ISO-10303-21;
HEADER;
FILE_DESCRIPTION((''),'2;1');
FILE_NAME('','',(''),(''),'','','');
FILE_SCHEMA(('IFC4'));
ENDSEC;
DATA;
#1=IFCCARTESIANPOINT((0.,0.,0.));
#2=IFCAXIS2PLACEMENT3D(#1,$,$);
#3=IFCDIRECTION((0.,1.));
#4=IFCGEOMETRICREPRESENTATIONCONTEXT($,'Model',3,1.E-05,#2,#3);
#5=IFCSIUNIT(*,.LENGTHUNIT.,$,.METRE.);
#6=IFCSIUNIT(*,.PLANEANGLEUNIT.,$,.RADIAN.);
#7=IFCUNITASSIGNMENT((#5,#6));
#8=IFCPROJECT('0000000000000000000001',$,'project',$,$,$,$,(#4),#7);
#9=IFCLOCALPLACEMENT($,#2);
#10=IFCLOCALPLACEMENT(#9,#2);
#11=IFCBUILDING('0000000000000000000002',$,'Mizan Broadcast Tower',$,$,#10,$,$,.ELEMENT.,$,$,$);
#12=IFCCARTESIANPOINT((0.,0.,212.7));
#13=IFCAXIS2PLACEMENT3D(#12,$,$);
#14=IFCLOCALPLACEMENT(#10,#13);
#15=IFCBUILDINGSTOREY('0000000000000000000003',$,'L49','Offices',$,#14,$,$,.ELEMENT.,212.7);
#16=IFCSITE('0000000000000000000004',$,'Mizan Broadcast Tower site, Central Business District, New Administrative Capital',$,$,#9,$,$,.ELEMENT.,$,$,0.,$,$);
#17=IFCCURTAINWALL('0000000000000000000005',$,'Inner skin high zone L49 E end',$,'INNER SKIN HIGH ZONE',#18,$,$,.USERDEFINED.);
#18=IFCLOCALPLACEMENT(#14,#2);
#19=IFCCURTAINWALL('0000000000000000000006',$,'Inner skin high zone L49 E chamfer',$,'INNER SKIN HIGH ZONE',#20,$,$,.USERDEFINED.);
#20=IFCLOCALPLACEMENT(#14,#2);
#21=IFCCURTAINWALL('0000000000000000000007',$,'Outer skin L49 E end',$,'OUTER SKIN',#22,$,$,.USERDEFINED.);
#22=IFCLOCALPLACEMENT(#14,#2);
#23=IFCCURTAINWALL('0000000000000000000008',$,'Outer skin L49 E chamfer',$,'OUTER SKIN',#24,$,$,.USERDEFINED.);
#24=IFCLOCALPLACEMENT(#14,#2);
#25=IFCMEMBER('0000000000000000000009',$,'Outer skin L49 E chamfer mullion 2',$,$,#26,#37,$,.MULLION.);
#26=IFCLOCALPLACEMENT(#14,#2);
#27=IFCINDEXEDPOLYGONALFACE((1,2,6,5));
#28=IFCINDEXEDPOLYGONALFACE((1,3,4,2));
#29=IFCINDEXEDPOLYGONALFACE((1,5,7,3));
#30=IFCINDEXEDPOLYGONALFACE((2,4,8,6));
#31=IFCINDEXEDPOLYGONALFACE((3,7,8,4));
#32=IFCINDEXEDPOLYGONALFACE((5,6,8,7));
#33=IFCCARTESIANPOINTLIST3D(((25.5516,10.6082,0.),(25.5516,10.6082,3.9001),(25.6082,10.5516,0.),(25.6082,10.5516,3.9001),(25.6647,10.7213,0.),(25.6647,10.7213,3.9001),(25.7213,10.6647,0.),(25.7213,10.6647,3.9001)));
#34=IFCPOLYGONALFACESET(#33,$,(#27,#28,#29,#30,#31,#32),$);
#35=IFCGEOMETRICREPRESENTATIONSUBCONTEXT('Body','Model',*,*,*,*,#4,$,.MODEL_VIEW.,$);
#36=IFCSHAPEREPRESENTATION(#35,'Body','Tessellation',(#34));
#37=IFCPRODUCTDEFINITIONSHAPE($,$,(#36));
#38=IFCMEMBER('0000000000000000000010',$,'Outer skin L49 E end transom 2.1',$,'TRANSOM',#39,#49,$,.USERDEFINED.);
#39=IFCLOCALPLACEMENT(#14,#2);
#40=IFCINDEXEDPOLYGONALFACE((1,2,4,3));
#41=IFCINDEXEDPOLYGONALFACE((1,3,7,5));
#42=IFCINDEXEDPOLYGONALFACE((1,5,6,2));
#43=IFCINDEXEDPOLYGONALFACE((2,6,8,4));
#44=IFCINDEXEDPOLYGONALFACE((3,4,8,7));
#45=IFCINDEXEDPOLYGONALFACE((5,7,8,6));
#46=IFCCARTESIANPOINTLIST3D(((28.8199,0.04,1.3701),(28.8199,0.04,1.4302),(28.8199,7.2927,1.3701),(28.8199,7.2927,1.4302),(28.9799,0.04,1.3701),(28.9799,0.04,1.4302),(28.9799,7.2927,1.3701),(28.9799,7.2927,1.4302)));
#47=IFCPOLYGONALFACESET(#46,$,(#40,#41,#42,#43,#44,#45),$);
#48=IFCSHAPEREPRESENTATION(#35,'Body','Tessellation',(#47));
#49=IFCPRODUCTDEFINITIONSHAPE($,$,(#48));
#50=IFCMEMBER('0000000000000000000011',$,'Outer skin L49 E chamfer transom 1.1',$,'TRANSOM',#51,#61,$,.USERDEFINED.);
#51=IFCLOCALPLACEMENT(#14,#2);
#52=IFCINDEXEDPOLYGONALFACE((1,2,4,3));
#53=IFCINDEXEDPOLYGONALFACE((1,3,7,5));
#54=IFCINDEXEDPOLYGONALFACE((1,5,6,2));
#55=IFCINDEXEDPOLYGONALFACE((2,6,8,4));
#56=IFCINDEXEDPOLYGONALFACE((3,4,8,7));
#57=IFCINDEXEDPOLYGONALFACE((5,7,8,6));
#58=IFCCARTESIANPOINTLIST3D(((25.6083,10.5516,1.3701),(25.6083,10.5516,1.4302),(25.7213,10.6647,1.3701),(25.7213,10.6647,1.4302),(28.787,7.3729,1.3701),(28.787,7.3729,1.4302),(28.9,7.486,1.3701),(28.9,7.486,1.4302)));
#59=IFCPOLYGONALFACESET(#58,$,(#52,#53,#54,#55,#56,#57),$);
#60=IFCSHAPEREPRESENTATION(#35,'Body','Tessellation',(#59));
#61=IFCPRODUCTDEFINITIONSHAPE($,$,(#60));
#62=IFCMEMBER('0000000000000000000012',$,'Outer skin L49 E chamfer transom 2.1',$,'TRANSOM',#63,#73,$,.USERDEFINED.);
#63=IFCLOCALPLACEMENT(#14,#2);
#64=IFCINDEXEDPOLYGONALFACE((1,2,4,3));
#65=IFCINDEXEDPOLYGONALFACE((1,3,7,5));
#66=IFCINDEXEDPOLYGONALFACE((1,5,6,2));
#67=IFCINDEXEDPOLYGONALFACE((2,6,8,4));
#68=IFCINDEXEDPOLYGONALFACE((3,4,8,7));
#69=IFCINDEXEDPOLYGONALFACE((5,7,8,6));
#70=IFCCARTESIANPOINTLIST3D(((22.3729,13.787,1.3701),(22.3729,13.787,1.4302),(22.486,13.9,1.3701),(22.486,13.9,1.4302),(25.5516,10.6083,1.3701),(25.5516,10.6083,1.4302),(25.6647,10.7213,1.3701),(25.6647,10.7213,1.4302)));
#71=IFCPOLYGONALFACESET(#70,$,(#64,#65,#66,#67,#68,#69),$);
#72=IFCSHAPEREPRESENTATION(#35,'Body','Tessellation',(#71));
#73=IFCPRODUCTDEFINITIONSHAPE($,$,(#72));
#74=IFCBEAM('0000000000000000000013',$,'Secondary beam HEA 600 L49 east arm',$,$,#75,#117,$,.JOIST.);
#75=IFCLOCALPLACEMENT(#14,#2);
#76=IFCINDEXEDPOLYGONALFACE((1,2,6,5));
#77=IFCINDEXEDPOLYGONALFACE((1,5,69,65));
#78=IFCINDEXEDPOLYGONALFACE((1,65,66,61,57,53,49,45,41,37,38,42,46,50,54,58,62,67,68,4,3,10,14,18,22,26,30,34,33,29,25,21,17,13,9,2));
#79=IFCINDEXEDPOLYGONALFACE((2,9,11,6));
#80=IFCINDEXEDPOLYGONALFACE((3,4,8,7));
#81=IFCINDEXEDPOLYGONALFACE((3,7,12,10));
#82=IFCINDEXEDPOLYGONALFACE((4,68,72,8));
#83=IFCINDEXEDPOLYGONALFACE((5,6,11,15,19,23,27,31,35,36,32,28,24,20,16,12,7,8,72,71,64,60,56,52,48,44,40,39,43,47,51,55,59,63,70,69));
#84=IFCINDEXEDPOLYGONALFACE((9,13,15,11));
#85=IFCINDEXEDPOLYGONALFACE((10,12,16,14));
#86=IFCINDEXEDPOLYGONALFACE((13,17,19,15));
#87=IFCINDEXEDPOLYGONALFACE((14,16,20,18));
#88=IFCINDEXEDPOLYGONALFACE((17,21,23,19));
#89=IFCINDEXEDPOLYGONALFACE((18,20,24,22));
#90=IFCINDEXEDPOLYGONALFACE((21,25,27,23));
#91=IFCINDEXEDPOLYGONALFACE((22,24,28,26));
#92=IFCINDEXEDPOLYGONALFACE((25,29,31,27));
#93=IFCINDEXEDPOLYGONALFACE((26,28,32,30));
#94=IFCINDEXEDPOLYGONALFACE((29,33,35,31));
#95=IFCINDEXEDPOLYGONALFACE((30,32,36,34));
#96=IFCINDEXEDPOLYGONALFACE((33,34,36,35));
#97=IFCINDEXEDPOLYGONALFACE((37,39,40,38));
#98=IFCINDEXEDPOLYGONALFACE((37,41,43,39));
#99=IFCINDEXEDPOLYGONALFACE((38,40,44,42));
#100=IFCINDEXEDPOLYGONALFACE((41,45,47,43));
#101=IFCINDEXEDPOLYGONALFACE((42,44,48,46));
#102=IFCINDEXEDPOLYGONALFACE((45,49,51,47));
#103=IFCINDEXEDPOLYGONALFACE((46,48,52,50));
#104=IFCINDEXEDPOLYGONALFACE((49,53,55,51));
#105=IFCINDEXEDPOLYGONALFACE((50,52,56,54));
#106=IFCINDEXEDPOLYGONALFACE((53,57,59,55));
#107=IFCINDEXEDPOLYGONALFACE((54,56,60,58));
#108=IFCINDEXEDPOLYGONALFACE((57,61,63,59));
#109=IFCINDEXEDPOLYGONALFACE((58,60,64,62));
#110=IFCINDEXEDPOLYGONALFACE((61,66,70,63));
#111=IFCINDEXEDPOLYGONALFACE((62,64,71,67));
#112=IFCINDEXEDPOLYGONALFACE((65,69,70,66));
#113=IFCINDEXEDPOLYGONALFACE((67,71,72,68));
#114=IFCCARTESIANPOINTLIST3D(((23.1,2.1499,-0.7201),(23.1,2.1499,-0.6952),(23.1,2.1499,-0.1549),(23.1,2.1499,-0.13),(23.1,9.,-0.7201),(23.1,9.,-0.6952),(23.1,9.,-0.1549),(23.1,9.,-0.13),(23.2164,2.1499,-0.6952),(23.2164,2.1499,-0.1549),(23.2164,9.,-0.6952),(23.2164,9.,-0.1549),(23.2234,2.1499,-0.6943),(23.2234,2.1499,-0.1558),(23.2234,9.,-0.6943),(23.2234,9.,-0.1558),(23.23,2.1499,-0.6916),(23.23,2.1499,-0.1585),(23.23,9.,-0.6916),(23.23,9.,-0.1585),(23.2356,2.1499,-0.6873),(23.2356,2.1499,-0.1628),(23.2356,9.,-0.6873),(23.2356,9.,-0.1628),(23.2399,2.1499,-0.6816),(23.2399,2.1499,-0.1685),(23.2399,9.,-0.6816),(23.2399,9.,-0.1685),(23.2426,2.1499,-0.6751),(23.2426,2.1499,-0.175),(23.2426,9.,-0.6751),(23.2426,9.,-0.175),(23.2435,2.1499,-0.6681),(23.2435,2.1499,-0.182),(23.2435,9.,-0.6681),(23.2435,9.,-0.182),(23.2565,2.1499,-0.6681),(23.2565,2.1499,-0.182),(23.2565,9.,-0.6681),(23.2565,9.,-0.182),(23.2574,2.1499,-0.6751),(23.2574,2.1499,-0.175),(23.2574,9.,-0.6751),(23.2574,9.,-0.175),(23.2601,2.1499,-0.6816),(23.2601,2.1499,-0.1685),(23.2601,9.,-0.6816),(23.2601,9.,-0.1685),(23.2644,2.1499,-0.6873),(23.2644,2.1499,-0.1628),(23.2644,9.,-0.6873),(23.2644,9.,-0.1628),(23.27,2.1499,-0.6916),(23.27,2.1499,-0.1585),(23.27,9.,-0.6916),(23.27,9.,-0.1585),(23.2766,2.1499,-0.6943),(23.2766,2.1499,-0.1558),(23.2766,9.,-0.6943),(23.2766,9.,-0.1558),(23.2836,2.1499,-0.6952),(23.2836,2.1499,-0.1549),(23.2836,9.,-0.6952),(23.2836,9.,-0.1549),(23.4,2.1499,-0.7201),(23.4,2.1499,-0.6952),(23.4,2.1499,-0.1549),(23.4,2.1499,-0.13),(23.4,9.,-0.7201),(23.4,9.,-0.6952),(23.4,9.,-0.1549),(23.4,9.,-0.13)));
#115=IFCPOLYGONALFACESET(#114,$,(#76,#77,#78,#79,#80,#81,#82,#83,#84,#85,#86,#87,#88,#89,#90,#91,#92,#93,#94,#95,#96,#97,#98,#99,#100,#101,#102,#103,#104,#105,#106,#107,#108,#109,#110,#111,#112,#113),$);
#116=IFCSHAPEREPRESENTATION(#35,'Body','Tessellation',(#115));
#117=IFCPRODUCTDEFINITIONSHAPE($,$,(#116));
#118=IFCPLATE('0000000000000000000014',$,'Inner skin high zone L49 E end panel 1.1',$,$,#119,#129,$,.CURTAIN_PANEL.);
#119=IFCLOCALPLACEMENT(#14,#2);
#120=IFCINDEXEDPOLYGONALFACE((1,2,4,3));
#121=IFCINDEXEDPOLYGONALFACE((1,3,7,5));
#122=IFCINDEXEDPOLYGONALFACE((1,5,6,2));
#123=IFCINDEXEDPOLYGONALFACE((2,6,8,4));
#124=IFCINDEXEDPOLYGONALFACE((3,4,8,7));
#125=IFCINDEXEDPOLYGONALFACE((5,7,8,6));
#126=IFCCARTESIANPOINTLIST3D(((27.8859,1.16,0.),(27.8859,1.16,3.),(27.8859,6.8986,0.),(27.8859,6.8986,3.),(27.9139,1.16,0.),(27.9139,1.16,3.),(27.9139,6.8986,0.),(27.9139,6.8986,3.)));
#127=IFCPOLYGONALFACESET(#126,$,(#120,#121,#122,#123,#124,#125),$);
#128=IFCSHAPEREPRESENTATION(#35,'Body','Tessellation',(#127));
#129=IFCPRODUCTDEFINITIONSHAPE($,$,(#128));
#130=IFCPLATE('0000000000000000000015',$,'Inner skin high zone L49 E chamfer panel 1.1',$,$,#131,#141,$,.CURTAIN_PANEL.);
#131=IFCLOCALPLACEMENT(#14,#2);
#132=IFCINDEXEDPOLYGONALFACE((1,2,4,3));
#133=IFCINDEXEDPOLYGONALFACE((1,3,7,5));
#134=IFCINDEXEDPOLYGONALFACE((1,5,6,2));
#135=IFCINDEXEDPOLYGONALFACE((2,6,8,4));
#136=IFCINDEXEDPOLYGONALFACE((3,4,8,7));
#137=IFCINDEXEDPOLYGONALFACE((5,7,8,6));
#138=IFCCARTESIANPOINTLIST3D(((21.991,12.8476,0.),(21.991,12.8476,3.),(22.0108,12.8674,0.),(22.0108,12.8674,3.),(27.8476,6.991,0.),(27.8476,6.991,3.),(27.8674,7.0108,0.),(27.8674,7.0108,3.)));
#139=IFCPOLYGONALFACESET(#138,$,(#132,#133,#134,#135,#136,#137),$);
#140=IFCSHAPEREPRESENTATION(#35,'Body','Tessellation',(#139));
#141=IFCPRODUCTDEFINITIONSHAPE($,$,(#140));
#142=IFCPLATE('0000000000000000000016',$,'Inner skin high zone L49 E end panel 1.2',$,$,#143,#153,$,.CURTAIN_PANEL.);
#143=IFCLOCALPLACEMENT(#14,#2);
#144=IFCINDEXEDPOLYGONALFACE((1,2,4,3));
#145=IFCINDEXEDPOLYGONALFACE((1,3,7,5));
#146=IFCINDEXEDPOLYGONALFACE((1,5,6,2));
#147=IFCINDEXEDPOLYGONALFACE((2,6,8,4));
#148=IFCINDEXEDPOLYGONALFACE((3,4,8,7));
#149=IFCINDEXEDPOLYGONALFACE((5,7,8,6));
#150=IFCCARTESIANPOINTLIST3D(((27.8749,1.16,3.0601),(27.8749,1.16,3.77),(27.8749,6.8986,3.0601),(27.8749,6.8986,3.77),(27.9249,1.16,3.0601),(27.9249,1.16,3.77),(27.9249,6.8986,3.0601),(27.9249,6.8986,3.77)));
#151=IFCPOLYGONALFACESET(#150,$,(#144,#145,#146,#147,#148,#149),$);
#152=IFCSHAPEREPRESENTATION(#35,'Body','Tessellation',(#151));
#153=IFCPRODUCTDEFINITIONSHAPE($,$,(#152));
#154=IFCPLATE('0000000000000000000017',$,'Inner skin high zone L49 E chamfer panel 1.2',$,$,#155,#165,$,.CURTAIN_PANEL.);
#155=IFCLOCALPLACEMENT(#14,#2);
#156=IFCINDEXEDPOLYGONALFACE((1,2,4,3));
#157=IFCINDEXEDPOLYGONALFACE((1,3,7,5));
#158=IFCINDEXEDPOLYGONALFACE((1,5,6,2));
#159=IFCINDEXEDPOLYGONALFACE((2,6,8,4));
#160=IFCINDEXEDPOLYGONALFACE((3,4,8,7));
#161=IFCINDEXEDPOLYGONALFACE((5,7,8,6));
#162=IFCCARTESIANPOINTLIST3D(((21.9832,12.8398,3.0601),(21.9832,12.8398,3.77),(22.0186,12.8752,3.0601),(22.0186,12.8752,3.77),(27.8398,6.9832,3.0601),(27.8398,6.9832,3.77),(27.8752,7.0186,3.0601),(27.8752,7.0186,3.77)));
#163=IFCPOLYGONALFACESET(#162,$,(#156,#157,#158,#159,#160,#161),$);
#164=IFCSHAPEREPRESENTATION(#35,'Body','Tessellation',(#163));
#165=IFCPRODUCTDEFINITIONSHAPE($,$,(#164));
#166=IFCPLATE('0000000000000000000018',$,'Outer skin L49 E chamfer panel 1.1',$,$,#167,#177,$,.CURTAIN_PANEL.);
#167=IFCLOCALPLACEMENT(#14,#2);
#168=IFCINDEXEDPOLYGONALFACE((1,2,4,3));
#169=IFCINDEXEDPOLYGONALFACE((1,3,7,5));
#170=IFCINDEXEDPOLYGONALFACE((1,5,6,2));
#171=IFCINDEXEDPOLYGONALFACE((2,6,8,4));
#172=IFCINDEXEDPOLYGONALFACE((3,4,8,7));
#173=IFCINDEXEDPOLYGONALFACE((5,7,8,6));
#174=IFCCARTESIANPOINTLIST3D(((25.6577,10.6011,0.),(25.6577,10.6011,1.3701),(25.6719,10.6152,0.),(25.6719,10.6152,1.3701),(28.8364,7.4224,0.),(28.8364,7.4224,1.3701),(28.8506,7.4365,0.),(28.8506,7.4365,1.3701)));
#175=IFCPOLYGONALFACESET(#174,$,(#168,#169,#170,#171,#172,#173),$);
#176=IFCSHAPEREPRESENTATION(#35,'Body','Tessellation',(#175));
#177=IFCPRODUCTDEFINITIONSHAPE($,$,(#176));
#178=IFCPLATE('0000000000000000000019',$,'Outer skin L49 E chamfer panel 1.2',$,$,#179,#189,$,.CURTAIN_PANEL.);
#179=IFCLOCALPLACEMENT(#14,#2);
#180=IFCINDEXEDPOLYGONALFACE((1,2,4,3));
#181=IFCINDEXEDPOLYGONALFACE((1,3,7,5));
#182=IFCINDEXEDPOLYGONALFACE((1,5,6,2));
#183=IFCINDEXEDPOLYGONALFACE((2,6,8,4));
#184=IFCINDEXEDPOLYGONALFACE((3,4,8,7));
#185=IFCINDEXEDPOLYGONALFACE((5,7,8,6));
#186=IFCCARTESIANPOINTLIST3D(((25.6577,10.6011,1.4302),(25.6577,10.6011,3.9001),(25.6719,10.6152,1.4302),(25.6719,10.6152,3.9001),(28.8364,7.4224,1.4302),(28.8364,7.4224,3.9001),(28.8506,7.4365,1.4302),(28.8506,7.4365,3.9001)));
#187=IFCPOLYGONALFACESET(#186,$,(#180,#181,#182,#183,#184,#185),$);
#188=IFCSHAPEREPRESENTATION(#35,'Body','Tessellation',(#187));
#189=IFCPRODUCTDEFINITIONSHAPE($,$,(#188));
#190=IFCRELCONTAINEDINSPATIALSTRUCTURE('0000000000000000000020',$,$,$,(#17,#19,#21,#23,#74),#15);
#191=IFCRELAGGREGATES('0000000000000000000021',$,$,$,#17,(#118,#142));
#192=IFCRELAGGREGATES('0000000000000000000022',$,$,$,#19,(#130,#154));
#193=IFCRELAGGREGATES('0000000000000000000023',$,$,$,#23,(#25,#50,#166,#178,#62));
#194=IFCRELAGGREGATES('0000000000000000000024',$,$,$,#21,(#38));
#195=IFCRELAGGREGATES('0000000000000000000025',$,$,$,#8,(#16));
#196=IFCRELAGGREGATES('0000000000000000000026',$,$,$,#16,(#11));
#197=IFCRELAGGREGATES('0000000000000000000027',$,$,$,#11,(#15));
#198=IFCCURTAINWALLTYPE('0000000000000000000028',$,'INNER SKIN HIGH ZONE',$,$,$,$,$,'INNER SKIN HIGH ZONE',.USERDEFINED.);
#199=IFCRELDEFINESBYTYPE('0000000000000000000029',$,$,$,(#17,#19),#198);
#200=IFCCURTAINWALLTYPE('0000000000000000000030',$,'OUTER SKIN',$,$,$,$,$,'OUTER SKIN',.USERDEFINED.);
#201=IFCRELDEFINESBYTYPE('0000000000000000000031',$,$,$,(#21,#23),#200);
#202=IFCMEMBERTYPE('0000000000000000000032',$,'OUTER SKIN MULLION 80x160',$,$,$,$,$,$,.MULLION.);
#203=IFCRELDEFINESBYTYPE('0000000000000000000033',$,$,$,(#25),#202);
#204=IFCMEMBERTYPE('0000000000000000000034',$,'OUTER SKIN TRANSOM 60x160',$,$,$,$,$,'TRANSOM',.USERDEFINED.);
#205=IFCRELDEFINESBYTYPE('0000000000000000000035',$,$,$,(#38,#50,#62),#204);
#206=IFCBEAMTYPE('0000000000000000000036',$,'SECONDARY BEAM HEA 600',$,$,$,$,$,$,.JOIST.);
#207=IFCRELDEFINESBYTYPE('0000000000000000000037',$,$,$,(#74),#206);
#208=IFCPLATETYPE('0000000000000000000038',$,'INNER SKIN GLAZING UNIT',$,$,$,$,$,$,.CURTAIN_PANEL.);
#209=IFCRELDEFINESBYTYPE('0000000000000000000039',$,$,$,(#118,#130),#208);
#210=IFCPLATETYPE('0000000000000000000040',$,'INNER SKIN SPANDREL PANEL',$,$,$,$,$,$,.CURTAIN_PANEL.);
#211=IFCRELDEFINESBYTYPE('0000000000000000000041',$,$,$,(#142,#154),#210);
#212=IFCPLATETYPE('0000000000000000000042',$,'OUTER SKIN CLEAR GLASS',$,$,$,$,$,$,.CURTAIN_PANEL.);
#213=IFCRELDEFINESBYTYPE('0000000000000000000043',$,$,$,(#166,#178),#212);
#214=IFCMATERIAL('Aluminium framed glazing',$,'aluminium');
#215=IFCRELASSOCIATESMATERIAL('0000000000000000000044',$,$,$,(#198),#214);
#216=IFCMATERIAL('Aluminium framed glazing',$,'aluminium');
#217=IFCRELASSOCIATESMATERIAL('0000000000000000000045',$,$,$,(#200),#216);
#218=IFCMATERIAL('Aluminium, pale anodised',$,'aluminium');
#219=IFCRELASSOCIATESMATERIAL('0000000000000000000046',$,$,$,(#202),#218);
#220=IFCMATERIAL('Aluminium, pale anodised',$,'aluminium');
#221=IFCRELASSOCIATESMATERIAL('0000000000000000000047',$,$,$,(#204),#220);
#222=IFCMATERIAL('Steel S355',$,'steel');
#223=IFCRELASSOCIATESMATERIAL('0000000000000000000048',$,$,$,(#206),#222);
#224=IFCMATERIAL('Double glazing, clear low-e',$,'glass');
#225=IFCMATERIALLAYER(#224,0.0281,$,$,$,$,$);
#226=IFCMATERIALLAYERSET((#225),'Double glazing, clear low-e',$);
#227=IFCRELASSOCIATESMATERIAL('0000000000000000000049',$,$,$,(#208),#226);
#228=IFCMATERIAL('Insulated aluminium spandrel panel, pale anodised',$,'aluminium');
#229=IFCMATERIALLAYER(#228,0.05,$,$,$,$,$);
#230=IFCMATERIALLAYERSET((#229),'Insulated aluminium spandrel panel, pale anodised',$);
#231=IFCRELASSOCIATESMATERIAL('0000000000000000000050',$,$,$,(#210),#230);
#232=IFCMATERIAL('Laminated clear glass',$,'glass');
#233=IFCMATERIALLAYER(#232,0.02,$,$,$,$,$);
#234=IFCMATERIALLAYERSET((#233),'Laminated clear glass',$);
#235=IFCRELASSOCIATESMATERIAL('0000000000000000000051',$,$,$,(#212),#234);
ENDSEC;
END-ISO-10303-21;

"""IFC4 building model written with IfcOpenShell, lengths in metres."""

from ifc_helpers import new_model, si_unit, direction, frame, origin, origin_2d, place, context, subcontext, project, spatial, rectangle, i_section, extrude, material, layer, layer_set, material_profile, profile_set, type_object, element, aggregate, save


model = new_model("IFC4")

# Units and contexts
model_context = context("Model", 3, precision=1e-05, world=origin(), true_north=direction((0.0, 1.0)))
body_context = subcontext(model_context, "Body", "Model", "MODEL_VIEW")
ifc_project = project(units=[si_unit("LENGTHUNIT", "METRE"), si_unit("PLANEANGLEUNIT", "RADIAN")], contexts=[model_context])

# Site, building, storey
site_placement = place(None, origin())
site = spatial("IfcSite", under=ifc_project, at=site_placement, Name="Mizan Broadcast Tower site, Central Business District, New Administrative Capital", CompositionType="ELEMENT", RefElevation=0.0)
building_placement = place(site_placement, origin())
building = spatial("IfcBuilding", under=site, at=building_placement, Name="Mizan Broadcast Tower", CompositionType="ELEMENT")
storey_placement = place(building_placement, frame((0.0, 0.0, 212.7)))
storey = spatial("IfcBuildingStorey", under=building, at=storey_placement, Name="L49", Description="Offices", CompositionType="ELEMENT", Elevation=212.7)

# Curtain wall
ifc_material_1 = material(Name="Aluminium framed glazing", Category="aluminium")
curtain_wall_type_1 = type_object("IfcCurtainWallType", Name="INNER SKIN HIGH ZONE", ElementType="INNER SKIN HIGH ZONE", PredefinedType="USERDEFINED", material=ifc_material_1)
curtain_wall_1_placement = place(storey_placement, origin())
curtain_wall_1 = element("IfcCurtainWall", 1, at=curtain_wall_1_placement, inside=storey, type_object=curtain_wall_type_1, Name="Inner skin high zone L49 E end", ObjectType="INNER SKIN HIGH ZONE", PredefinedType="USERDEFINED")

# Curtain wall
curtain_wall_2_placement = place(storey_placement, origin())
curtain_wall_2 = element("IfcCurtainWall", 2, at=curtain_wall_2_placement, inside=storey, type_object=curtain_wall_type_1, Name="Inner skin high zone L49 E chamfer", ObjectType="INNER SKIN HIGH ZONE", PredefinedType="USERDEFINED")

# Curtain wall
ifc_material_2 = material(Name="Aluminium framed glazing", Category="aluminium")
curtain_wall_type_2 = type_object("IfcCurtainWallType", Name="OUTER SKIN", ElementType="OUTER SKIN", PredefinedType="USERDEFINED", material=ifc_material_2)
curtain_wall_3_placement = place(storey_placement, origin())
curtain_wall_3 = element("IfcCurtainWall", 3, at=curtain_wall_3_placement, inside=storey, type_object=curtain_wall_type_2, Name="Outer skin L49 E end", ObjectType="OUTER SKIN", PredefinedType="USERDEFINED")
ifc_material_3 = material(Name="Aluminium, pale anodised", Category="aluminium")
ifc_material_profile_1 = material_profile(ifc_material_3, rectangle(XDim=0.1599, YDim=0.0801, at=origin_2d()), Name="MULLION 160x80")
ifc_profile_set_1 = profile_set([ifc_material_profile_1], Name="Aluminium, pale anodised")
member_type_1 = type_object("IfcMemberType", Name="OUTER SKIN MULLION 80x160", PredefinedType="MULLION", material=ifc_profile_set_1)

# Curtain wall, member
curtain_wall_4_placement = place(storey_placement, origin())
curtain_wall_4 = element("IfcCurtainWall", 4, at=curtain_wall_4_placement, inside=storey, type_object=curtain_wall_type_2, Name="Outer skin L49 E chamfer", ObjectType="OUTER SKIN", PredefinedType="USERDEFINED")
member_1_placement = place(storey_placement, frame((25.6365, 10.6365, 0.0), z_axis=(0.0, 0.0, 1.0), x_axis=(-0.707107, -0.707107, 0.0)))
member_1 = element("IfcMember", 5, at=member_1_placement, type_object=member_type_1, Name="Outer skin L49 E chamfer mullion 2", PredefinedType="MULLION", context=body_context, shape_type="SweptSolid", body=[
    extrude(rectangle(XDim=0.1599, YDim=0.0801, at=origin_2d()), origin(), (0.0, 0.0, 1.0), 3.9001),
])

# Members
ifc_material_4 = material(Name="Aluminium, pale anodised", Category="aluminium")
ifc_material_profile_2 = material_profile(ifc_material_4, rectangle(XDim=0.1599, YDim=0.0601, at=origin_2d()), Name="TRANSOM 160x60")
ifc_profile_set_2 = profile_set([ifc_material_profile_2], Name="Aluminium, pale anodised")
member_type_2 = type_object("IfcMemberType", Name="OUTER SKIN TRANSOM 60x160", ElementType="TRANSOM", PredefinedType="USERDEFINED", material=ifc_profile_set_2)
member_2_placement = place(storey_placement, frame((28.8999, 0.04, 1.4001), z_axis=(0.0, 1.0, 0.0), x_axis=(-1.0, 0.0, 0.0)))
member_2 = element("IfcMember", 6, at=member_2_placement, type_object=member_type_2, Name="Outer skin L49 E end transom 2.1", ObjectType="TRANSOM", PredefinedType="USERDEFINED", context=body_context, shape_type="SweptSolid", body=[
    extrude(rectangle(XDim=0.1599, YDim=0.0601, at=origin_2d()), origin(), (0.0, 0.0, 1.0), 7.2527),
])
member_3_placement = place(storey_placement, frame((28.8435, 7.4294, 1.4001), z_axis=(-0.707107, 0.707107, 0.0), x_axis=(-0.707107, -0.707107, 0.0)))
member_3 = element("IfcMember", 7, at=member_3_placement, type_object=member_type_2, Name="Outer skin L49 E chamfer transom 1.1", ObjectType="TRANSOM", PredefinedType="USERDEFINED", context=body_context, shape_type="SweptSolid", body=[
    extrude(rectangle(XDim=0.1599, YDim=0.0601, at=origin_2d()), origin(), (0.0, 0.0, 1.0), 4.4954),
])
member_4_placement = place(storey_placement, frame((25.6082, 10.6648, 1.4001), z_axis=(-0.707107, 0.707107, 0.0), x_axis=(-0.707107, -0.707107, 0.0)))
member_4 = element("IfcMember", 8, at=member_4_placement, type_object=member_type_2, Name="Outer skin L49 E chamfer transom 2.1", ObjectType="TRANSOM", PredefinedType="USERDEFINED", context=body_context, shape_type="SweptSolid", body=[
    extrude(rectangle(XDim=0.1599, YDim=0.0601, at=origin_2d()), origin(), (0.0, 0.0, 1.0), 4.4954),
])

# Beam
ifc_material_5 = material(Name="Steel S355", Category="steel")
ifc_material_profile_3 = material_profile(ifc_material_5, i_section(OverallWidth=0.3, OverallDepth=0.5901, WebThickness=0.0129, FlangeThickness=0.0249, FilletRadius=0.0271, at=origin_2d()), Name="HEA 600")
ifc_profile_set_3 = profile_set([ifc_material_profile_3], Name="Steel S355")
beam_type_1 = type_object("IfcBeamType", Name="SECONDARY BEAM HEA 600", PredefinedType="JOIST", material=ifc_profile_set_3)
beam_1_placement = place(storey_placement, frame((23.25, 9.0, -0.425), z_axis=(0.0, -1.0, 0.0), x_axis=(1.0, 0.0, 0.0)))
element("IfcBeam", 9, at=beam_1_placement, inside=storey, type_object=beam_type_1, Name="Secondary beam HEA 600 L49 east arm", PredefinedType="JOIST", context=body_context, shape_type="SweptSolid", body=[
    extrude(i_section(OverallWidth=0.3, OverallDepth=0.5901, WebThickness=0.0129, FlangeThickness=0.0249, FilletRadius=0.0271, at=origin_2d()), origin(), (0.0, 0.0, 1.0), 6.8501),
])

# Plates
ifc_material_6 = material(Name="Double glazing, clear low-e", Category="glass")
ifc_layer_1 = layer(ifc_material_6, 0.0281)
ifc_layer_set_1 = layer_set([ifc_layer_1], Name="Double glazing, clear low-e")
plate_type_1 = type_object("IfcPlateType", Name="INNER SKIN GLAZING UNIT", PredefinedType="CURTAIN_PANEL", material=ifc_layer_set_1)
plate_1_placement = place(storey_placement, frame((27.8999, 4.0293, 0.0), z_axis=(0.0, 0.0, 1.0), x_axis=(0.0, 1.0, 0.0)))
plate_1 = element("IfcPlate", 10, at=plate_1_placement, type_object=plate_type_1, Name="Inner skin high zone L49 E end panel 1.1", PredefinedType="CURTAIN_PANEL", context=body_context, shape_type="SweptSolid", body=[
    extrude(rectangle(XDim=5.7385, YDim=0.0281, at=origin_2d()), origin(), (0.0, 0.0, 1.0), 3.0),
])
plate_2_placement = place(storey_placement, frame((24.9292, 9.9292, 0.0), z_axis=(0.0, 0.0, 1.0), x_axis=(-0.707107, 0.707107, 0.0)))
plate_2 = element("IfcPlate", 11, at=plate_2_placement, type_object=plate_type_1, Name="Inner skin high zone L49 E chamfer panel 1.1", PredefinedType="CURTAIN_PANEL", context=body_context, shape_type="SweptSolid", body=[
    extrude(rectangle(XDim=8.2825, YDim=0.0281, at=origin_2d()), origin(), (0.0, 0.0, 1.0), 3.0),
])
ifc_material_7 = material(Name="Insulated aluminium spandrel panel, pale anodised", Category="aluminium")
ifc_layer_2 = layer(ifc_material_7, 0.05)
ifc_layer_set_2 = layer_set([ifc_layer_2], Name="Insulated aluminium spandrel panel, pale anodised")
plate_type_2 = type_object("IfcPlateType", Name="INNER SKIN SPANDREL PANEL", PredefinedType="CURTAIN_PANEL", material=ifc_layer_set_2)
plate_3_placement = place(storey_placement, frame((27.8999, 4.0293, 3.0601), z_axis=(0.0, 0.0, 1.0), x_axis=(0.0, 1.0, 0.0)))
plate_3 = element("IfcPlate", 12, at=plate_3_placement, type_object=plate_type_2, Name="Inner skin high zone L49 E end panel 1.2", PredefinedType="CURTAIN_PANEL", context=body_context, shape_type="SweptSolid", body=[
    extrude(rectangle(XDim=5.7385, YDim=0.05, at=origin_2d()), origin(), (0.0, 0.0, 1.0), 0.71),
])
aggregate(curtain_wall_1, [plate_1, plate_3])
plate_4_placement = place(storey_placement, frame((24.9292, 9.9292, 3.0601), z_axis=(0.0, 0.0, 1.0), x_axis=(-0.707107, 0.707107, 0.0)))
plate_4 = element("IfcPlate", 13, at=plate_4_placement, type_object=plate_type_2, Name="Inner skin high zone L49 E chamfer panel 1.2", PredefinedType="CURTAIN_PANEL", context=body_context, shape_type="SweptSolid", body=[
    extrude(rectangle(XDim=8.2825, YDim=0.05, at=origin_2d()), origin(), (0.0, 0.0, 1.0), 0.71),
])
aggregate(curtain_wall_2, [plate_2, plate_4])
ifc_material_8 = material(Name="Laminated clear glass", Category="glass")
ifc_layer_3 = layer(ifc_material_8, 0.02)
ifc_layer_set_3 = layer_set([ifc_layer_3], Name="Laminated clear glass")
plate_type_3 = type_object("IfcPlateType", Name="OUTER SKIN CLEAR GLASS", PredefinedType="CURTAIN_PANEL", material=ifc_layer_set_3)
plate_5_placement = place(storey_placement, frame((27.2542, 9.0188, 0.0), z_axis=(0.0, 0.0, 1.0), x_axis=(-0.707107, 0.707107, 0.0)))
plate_5 = element("IfcPlate", 14, at=plate_5_placement, type_object=plate_type_3, Name="Outer skin L49 E chamfer panel 1.1", PredefinedType="CURTAIN_PANEL", context=body_context, shape_type="SweptSolid", body=[
    extrude(rectangle(XDim=4.4954, YDim=0.02, at=origin_2d()), origin(), (0.0, 0.0, 1.0), 1.3701),
])
plate_6_placement = place(storey_placement, frame((27.2542, 9.0188, 1.4302), z_axis=(0.0, 0.0, 1.0), x_axis=(-0.707107, 0.707107, 0.0)))
plate_6 = element("IfcPlate", 15, at=plate_6_placement, type_object=plate_type_3, Name="Outer skin L49 E chamfer panel 1.2", PredefinedType="CURTAIN_PANEL", context=body_context, shape_type="SweptSolid", body=[
    extrude(rectangle(XDim=4.4954, YDim=0.02, at=origin_2d()), origin(), (0.0, 0.0, 1.0), 2.47),
])
aggregate(curtain_wall_4, [member_1, member_3, plate_5, plate_6, member_4])
aggregate(curtain_wall_3, [member_2])

save(model, "model.ifc")
